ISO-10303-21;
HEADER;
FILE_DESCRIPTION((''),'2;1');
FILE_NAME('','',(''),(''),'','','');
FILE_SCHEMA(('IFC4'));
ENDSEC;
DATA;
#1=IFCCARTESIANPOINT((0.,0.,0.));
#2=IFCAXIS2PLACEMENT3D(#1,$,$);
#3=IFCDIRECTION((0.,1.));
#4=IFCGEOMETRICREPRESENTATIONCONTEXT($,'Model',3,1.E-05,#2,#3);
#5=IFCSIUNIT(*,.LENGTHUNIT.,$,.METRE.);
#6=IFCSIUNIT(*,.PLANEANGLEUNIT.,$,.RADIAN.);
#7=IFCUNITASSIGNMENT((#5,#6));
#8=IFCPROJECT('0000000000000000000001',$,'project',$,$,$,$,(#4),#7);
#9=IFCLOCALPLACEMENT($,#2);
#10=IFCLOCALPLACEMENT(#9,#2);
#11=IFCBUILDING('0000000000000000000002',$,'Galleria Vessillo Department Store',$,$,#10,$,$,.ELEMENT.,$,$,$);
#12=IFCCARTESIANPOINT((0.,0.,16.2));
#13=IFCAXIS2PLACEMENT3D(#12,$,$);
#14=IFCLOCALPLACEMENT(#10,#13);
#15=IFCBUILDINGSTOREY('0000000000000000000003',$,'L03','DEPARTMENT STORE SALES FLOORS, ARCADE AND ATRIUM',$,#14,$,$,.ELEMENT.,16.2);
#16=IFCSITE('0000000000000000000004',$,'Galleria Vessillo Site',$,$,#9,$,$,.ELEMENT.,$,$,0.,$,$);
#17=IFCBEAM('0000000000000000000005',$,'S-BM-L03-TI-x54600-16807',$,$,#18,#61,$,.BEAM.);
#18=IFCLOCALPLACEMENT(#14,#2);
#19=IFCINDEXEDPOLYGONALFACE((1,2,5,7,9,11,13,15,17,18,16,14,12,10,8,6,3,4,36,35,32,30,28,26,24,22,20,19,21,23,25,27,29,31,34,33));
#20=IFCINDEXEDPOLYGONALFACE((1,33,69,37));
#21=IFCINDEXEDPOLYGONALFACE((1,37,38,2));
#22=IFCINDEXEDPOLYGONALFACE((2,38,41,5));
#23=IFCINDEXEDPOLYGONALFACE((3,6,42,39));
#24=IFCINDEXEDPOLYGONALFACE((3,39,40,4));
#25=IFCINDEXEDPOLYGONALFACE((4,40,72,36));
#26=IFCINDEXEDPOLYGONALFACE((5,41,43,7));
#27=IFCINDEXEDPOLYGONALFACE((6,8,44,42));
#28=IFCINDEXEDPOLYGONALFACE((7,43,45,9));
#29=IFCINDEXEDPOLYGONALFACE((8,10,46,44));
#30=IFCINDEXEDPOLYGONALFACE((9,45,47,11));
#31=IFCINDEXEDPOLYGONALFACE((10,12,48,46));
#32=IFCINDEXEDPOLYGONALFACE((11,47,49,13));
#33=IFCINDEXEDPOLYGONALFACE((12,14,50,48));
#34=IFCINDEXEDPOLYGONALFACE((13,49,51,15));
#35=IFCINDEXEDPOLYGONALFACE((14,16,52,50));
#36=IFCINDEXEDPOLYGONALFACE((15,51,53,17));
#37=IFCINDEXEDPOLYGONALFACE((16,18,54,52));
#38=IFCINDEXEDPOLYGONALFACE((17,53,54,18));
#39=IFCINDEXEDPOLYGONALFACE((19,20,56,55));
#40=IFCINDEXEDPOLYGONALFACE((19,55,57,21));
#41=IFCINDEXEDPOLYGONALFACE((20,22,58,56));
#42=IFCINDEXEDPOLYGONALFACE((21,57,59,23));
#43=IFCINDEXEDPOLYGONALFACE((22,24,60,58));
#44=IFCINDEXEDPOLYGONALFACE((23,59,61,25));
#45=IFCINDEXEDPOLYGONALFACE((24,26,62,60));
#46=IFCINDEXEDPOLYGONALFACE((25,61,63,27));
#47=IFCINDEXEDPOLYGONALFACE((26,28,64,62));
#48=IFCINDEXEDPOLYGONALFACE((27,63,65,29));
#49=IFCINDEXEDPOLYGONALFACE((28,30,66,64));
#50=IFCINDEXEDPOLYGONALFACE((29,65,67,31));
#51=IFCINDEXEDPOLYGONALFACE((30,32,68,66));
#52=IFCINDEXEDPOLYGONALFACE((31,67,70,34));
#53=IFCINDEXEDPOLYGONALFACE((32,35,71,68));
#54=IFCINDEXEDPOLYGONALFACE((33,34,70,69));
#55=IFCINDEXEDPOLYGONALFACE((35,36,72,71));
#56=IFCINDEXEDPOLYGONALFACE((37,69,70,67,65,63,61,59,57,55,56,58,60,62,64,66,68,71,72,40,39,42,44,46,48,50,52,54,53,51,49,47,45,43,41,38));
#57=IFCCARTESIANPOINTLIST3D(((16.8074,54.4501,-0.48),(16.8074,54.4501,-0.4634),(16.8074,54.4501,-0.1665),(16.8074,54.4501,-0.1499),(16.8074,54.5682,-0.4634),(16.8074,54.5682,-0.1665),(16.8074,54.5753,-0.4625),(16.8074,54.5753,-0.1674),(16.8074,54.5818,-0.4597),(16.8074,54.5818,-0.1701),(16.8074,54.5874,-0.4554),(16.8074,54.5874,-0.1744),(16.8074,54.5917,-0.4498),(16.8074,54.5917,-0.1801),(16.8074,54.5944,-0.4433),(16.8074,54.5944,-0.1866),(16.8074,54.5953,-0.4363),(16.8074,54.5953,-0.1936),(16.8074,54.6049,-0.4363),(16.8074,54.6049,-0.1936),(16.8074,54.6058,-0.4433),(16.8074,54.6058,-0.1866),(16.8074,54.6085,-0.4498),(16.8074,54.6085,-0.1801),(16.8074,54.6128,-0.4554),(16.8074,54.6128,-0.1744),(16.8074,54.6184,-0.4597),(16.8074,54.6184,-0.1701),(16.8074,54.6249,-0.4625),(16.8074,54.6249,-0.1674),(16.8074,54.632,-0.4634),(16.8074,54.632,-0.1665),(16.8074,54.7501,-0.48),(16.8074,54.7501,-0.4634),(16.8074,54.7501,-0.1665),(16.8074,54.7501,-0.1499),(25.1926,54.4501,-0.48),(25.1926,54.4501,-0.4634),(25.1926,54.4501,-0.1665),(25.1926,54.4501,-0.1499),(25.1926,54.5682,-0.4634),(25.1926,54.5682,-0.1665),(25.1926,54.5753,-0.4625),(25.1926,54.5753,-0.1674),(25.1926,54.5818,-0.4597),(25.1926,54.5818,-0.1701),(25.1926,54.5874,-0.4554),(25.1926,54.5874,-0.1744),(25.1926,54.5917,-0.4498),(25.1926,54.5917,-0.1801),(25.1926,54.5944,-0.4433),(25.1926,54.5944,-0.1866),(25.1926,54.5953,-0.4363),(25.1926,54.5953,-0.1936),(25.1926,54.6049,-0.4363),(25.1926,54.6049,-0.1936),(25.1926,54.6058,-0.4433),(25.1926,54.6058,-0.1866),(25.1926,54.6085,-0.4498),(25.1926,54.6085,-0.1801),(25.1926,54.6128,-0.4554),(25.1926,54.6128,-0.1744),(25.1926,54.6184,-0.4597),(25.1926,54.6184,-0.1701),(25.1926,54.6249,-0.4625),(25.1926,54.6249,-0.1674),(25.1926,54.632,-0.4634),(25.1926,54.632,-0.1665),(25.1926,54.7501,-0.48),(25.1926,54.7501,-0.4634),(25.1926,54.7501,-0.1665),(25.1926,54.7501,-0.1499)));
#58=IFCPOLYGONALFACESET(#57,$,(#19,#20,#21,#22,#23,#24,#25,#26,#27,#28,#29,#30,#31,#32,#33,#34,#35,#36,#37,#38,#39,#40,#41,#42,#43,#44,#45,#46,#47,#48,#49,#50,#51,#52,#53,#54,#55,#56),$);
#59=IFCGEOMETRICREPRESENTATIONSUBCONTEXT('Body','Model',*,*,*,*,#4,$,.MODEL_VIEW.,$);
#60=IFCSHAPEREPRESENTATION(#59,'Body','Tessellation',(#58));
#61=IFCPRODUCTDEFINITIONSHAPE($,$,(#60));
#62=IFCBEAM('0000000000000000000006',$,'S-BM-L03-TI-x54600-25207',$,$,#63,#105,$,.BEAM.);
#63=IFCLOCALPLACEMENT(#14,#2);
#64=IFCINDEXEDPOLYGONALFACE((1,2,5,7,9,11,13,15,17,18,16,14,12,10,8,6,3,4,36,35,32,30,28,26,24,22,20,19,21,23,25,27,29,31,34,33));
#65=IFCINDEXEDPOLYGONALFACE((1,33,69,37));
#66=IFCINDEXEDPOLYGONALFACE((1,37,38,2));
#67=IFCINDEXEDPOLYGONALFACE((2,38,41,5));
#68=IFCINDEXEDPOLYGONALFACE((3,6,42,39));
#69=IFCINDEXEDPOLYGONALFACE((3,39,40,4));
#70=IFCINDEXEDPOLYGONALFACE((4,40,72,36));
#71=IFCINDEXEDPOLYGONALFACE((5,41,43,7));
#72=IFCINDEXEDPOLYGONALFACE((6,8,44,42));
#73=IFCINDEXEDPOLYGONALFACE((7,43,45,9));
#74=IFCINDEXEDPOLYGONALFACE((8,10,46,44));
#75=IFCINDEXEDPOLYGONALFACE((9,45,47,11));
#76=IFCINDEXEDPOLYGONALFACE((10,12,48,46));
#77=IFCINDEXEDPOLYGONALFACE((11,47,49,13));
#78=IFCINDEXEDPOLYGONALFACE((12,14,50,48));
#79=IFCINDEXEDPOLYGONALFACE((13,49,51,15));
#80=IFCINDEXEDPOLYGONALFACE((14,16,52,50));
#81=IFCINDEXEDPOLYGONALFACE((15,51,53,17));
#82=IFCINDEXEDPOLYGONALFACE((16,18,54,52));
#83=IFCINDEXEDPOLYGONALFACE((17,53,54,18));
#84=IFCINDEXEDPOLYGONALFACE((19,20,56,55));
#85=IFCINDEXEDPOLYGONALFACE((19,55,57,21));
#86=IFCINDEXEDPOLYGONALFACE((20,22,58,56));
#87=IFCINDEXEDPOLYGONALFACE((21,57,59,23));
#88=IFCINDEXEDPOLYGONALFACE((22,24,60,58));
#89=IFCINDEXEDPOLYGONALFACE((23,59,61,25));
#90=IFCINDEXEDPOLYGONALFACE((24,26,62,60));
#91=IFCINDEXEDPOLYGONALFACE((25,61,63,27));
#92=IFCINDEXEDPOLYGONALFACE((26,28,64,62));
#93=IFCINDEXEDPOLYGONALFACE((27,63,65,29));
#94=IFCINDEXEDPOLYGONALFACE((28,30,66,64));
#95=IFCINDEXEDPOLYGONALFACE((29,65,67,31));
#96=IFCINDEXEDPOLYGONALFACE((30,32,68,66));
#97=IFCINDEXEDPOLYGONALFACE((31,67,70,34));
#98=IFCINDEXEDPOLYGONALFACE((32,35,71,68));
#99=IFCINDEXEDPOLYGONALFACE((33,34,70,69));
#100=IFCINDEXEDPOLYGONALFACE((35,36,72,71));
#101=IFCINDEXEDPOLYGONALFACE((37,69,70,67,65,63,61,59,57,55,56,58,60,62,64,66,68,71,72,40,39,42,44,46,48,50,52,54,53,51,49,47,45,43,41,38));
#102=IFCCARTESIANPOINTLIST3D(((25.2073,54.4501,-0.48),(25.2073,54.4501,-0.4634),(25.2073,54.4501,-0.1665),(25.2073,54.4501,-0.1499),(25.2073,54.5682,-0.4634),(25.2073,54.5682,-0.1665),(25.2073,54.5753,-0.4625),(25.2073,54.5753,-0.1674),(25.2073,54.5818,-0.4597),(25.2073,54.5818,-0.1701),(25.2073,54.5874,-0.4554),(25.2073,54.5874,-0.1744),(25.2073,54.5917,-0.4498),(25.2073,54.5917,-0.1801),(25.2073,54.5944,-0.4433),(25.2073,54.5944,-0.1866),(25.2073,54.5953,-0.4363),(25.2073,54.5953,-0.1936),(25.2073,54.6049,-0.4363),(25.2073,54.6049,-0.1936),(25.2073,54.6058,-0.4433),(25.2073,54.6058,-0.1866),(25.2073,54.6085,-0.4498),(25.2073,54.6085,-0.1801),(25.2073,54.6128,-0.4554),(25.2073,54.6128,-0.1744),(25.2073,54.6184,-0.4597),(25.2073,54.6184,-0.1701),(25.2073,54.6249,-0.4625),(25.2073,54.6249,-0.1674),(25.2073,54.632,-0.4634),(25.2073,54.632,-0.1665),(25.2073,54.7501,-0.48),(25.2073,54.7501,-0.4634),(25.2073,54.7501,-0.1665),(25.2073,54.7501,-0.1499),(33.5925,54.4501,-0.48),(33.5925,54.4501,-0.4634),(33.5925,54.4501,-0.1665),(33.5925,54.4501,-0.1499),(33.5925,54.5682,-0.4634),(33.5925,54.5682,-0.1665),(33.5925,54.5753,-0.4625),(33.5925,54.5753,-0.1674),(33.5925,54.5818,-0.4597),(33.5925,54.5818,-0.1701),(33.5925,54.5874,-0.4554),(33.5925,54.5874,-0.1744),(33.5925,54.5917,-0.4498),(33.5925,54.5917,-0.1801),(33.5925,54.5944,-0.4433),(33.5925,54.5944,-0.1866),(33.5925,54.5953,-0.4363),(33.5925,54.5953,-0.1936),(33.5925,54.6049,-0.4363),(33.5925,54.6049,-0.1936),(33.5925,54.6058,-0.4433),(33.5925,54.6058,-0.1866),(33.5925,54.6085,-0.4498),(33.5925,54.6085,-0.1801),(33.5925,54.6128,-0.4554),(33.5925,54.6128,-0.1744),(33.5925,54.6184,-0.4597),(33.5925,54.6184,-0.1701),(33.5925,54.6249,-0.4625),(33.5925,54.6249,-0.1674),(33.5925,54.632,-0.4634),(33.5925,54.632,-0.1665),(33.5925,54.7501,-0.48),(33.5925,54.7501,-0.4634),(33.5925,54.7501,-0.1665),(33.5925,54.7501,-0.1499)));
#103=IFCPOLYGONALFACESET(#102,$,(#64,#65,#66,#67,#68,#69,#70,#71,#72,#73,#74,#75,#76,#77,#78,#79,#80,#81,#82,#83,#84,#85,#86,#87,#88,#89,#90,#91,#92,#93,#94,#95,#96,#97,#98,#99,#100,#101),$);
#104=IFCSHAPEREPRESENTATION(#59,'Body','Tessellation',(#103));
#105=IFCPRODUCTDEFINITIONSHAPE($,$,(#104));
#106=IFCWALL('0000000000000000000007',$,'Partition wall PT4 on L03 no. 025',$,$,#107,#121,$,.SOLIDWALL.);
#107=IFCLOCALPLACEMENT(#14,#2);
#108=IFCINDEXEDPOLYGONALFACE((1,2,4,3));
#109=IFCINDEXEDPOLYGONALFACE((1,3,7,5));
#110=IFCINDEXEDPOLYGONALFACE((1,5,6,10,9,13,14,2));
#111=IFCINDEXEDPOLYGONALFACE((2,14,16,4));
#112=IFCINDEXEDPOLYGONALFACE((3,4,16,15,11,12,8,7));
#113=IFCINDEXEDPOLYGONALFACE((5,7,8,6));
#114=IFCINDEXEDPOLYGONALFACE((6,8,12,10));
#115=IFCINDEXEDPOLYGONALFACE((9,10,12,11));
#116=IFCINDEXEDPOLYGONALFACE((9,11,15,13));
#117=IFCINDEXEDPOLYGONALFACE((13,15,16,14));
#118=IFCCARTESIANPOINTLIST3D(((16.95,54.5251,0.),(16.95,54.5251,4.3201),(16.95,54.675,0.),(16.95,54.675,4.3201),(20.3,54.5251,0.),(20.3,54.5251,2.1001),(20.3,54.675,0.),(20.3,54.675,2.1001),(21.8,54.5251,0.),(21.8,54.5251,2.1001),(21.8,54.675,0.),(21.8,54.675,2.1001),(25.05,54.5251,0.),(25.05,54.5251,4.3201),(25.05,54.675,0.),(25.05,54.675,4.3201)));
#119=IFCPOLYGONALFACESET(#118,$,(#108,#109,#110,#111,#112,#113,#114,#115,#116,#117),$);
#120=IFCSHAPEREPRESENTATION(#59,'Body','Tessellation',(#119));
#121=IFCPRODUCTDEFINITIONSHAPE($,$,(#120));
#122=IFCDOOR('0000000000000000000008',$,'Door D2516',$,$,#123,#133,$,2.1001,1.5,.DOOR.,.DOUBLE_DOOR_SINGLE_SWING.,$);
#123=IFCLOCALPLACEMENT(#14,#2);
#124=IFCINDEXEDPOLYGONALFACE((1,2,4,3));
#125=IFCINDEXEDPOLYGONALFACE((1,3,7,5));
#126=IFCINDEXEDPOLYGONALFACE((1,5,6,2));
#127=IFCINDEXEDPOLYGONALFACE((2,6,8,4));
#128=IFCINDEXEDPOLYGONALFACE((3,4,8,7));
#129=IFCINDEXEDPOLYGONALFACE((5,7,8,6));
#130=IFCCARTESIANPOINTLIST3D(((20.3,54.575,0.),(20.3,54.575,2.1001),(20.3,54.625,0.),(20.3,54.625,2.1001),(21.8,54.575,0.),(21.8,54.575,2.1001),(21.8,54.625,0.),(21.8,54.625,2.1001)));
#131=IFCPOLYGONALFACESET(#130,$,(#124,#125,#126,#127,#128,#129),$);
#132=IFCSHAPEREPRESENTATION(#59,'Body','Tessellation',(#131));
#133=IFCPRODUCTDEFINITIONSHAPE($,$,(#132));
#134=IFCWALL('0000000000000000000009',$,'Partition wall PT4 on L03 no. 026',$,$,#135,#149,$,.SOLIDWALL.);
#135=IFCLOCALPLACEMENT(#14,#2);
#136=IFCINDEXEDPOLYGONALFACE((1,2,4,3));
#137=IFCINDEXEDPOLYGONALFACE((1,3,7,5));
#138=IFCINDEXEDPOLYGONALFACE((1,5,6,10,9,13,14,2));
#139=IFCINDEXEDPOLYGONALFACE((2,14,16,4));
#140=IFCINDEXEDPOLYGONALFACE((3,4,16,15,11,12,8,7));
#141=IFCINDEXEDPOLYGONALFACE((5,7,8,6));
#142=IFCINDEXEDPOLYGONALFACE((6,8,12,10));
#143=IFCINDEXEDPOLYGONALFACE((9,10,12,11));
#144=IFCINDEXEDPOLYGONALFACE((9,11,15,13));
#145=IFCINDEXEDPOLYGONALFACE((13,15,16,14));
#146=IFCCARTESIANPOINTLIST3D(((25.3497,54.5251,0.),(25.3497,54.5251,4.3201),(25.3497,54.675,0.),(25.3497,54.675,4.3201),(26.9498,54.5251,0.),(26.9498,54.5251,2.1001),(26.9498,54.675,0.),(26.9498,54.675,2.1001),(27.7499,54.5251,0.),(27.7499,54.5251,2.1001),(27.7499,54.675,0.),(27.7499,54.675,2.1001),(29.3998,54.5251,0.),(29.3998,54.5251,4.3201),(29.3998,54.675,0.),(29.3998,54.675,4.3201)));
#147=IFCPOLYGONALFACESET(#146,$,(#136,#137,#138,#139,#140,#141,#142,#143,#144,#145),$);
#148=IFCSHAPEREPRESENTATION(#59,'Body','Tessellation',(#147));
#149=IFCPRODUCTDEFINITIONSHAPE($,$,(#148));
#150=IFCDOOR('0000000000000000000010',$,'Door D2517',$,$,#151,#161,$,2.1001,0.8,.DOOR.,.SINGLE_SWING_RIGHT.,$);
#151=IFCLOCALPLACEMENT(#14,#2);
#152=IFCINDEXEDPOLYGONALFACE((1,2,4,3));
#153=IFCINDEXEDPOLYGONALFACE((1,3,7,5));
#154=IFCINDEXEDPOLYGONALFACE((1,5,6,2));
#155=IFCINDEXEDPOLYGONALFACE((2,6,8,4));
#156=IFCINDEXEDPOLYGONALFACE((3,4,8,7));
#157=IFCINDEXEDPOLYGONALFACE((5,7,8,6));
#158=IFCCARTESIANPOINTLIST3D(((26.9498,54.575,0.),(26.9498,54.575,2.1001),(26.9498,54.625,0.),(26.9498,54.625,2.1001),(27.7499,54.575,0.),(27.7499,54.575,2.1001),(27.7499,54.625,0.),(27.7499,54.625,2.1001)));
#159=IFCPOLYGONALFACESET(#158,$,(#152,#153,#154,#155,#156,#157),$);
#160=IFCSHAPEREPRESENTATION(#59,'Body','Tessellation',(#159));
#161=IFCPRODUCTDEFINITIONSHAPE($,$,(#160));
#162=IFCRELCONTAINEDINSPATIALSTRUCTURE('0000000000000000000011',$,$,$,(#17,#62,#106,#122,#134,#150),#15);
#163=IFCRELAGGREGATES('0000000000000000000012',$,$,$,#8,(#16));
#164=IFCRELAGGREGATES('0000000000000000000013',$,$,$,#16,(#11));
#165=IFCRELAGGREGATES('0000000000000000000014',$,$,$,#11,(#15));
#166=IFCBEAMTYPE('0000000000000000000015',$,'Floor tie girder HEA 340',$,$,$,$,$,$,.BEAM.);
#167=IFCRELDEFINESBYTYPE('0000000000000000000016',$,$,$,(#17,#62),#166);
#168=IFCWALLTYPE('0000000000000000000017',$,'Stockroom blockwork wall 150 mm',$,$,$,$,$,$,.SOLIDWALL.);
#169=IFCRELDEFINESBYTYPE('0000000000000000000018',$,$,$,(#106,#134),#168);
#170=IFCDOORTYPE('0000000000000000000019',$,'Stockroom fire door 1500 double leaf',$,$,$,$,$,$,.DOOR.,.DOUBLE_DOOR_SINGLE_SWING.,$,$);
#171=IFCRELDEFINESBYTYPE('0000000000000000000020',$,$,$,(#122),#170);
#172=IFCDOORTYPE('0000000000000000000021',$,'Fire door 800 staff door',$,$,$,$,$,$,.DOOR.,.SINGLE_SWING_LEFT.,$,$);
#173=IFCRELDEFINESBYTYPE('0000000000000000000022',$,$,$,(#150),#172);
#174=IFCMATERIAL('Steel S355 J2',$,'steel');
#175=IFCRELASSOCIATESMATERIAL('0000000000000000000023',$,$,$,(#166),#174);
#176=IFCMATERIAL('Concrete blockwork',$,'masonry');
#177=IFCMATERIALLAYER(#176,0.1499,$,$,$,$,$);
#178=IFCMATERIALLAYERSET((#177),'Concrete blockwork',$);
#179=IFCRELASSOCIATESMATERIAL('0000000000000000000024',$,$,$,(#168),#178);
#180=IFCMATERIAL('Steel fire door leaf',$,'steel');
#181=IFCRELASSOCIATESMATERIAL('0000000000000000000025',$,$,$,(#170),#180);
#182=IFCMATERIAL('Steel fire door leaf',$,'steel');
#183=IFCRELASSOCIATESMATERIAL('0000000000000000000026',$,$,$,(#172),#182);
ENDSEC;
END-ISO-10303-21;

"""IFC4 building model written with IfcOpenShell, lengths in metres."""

from ifc_helpers import new_model, si_unit, direction, frame, frame_2d, origin, origin_2d, place, context, subcontext, project, spatial, rectangle, i_section, extrude, material, layer, layer_set, material_profile, profile_set, type_object, element, fill, save


model = new_model("IFC4")

# Units and contexts
model_context = context("Model", 3, precision=1e-05, world=origin(), true_north=direction((0.0, 1.0)))
body_context = subcontext(model_context, "Body", "Model", "MODEL_VIEW")
ifc_project = project(units=[si_unit("LENGTHUNIT", "METRE"), si_unit("PLANEANGLEUNIT", "RADIAN")], contexts=[model_context])

# Site, building, storey
site_placement = place(None, origin())
site = spatial("IfcSite", under=ifc_project, at=site_placement, Name="Galleria Vessillo Site", CompositionType="ELEMENT", RefElevation=0.0)
building_placement = place(site_placement, origin())
building = spatial("IfcBuilding", under=site, at=building_placement, Name="Galleria Vessillo Department Store", CompositionType="ELEMENT")
storey_placement = place(building_placement, frame((0.0, 0.0, 16.2)))
storey = spatial("IfcBuildingStorey", under=building, at=storey_placement, Name="L03", Description="DEPARTMENT STORE SALES FLOORS, ARCADE AND ATRIUM", CompositionType="ELEMENT", Elevation=16.2)

# Beams
ifc_material_1 = material(Name="Steel S355 J2", Category="steel")
ifc_material_profile_1 = material_profile(ifc_material_1, i_section(OverallWidth=0.3, OverallDepth=0.3301, WebThickness=0.0095, FlangeThickness=0.0166, FilletRadius=0.0271, at=origin_2d()), Name="HEA 340")
ifc_profile_set_1 = profile_set([ifc_material_profile_1], Name="Steel S355 J2")
beam_type_1 = type_object("IfcBeamType", Name="Floor tie girder HEA 340", PredefinedType="BEAM", material=ifc_profile_set_1)
for number, where, z_axis, x_axis, name in (
    (1, (16.8074, 54.6001, -0.3149), (1.0, 0.0, 0.0), (0.0, 1.0, 0.0), "S-BM-L03-TI-x54600-16807"),
    (2, (25.2073, 54.6001, -0.3149), (1.0, 0.0, 0.0), (0.0, 1.0, 0.0), "S-BM-L03-TI-x54600-25207"),
):
    element("IfcBeam", number, at=place(storey_placement, frame(where, z_axis=z_axis, x_axis=x_axis)), inside=storey, type_object=beam_type_1, Name=name, PredefinedType="BEAM", context=body_context, shape_type="SweptSolid", body=[
        extrude(i_section(OverallWidth=0.3, OverallDepth=0.3301, WebThickness=0.0095, FlangeThickness=0.0166, FilletRadius=0.0271, at=origin_2d()), origin(), (0.0, 0.0, 1.0), 8.3853),
    ])

# Walls, openings, doors
ifc_material_2 = material(Name="Concrete blockwork", Category="masonry")
ifc_layer = layer(ifc_material_2, 0.1499)
ifc_layer_set = layer_set([ifc_layer], Name="Concrete blockwork")
wall_type = type_object("IfcWallType", Name="Stockroom blockwork wall 150 mm", PredefinedType="SOLIDWALL", material=ifc_layer_set)
wall_1_placement = place(storey_placement, frame((16.95, 54.6001, 0.0), z_axis=(0.0, 0.0, 1.0), x_axis=(1.0, 0.0, 0.0)))
wall_1 = element("IfcWall", 3, at=wall_1_placement, inside=storey, type_object=wall_type, Name="Partition wall PT4 on L03 no. 025", PredefinedType="SOLIDWALL", context=body_context, shape_type="SweptSolid", body=[
    extrude(rectangle(XDim=8.1001, YDim=0.1499, at=frame_2d((4.05, 0.0))), origin(), (0.0, 0.0, 1.0), 4.3201),
])
opening_1_placement = place(wall_1_placement, frame((3.3501, 0.0, 0.0)))
opening_1 = element("IfcOpeningElement", 4, at=opening_1_placement, cuts=wall_1, PredefinedType="OPENING", context=body_context, shape_type="SweptSolid", body=[
    extrude(rectangle(XDim=1.5, YDim=2.1001, at=frame_2d((0.75, 1.05))), frame((0.0, 0.085, 0.0), z_axis=(0.0, -1.0, 0.0), x_axis=(1.0, 0.0, 0.0)), (0.0, 0.0, 1.0), 0.1699),
])
ifc_material_3 = material(Name="Steel fire door leaf", Category="steel")
door_type_1 = type_object("IfcDoorType", Name="Stockroom fire door 1500 double leaf", OperationType="DOUBLE_DOOR_SINGLE_SWING", PredefinedType="DOOR", material=ifc_material_3)
door_1_placement = place(opening_1_placement, origin())
door_1 = element("IfcDoor", 5, at=door_1_placement, inside=storey, type_object=door_type_1, Name="Door D2516", OperationType="DOUBLE_DOOR_SINGLE_SWING", OverallHeight=2.1001, OverallWidth=1.5, PredefinedType="DOOR", context=body_context, shape_type="SweptSolid", body=[
    extrude(rectangle(XDim=1.5, YDim=2.1001, at=frame_2d((0.75, 1.05))), frame((0.0, 0.0249, 0.0), z_axis=(0.0, -1.0, 0.0), x_axis=(1.0, 0.0, 0.0)), (0.0, 0.0, 1.0), 0.05),
])
fill(opening_1, door_1)
wall_2_placement = place(storey_placement, frame((25.3499, 54.6001, 0.0), z_axis=(0.0, 0.0, 1.0), x_axis=(1.0, 0.0, 0.0)))
wall_2 = element("IfcWall", 6, at=wall_2_placement, inside=storey, type_object=wall_type, Name="Partition wall PT4 on L03 no. 026", PredefinedType="SOLIDWALL", context=body_context, shape_type="SweptSolid", body=[
    extrude(rectangle(XDim=4.05, YDim=0.1499, at=frame_2d((2.0249, 0.0))), origin(), (0.0, 0.0, 1.0), 4.3201),
])
opening_2_placement = place(wall_2_placement, frame((1.6001, 0.0, 0.0)))
opening_2 = element("IfcOpeningElement", 7, at=opening_2_placement, cuts=wall_2, PredefinedType="OPENING", context=body_context, shape_type="SweptSolid", body=[
    extrude(rectangle(XDim=0.8, YDim=2.1001, at=frame_2d((0.3999, 1.05))), frame((0.0, 0.085, 0.0), z_axis=(0.0, -1.0, 0.0), x_axis=(1.0, 0.0, 0.0)), (0.0, 0.0, 1.0), 0.1699),
])
ifc_material_4 = material(Name="Steel fire door leaf", Category="steel")
door_type_2 = type_object("IfcDoorType", Name="Fire door 800 staff door", OperationType="SINGLE_SWING_LEFT", PredefinedType="DOOR", material=ifc_material_4)
door_2_placement = place(opening_2_placement, origin())
door_2 = element("IfcDoor", 8, at=door_2_placement, inside=storey, type_object=door_type_2, Name="Door D2517", OperationType="SINGLE_SWING_RIGHT", OverallHeight=2.1001, OverallWidth=0.8, PredefinedType="DOOR", context=body_context, shape_type="SweptSolid", body=[
    extrude(rectangle(XDim=0.8, YDim=2.1001, at=frame_2d((0.3999, 1.05))), frame((0.0, 0.0249, 0.0), z_axis=(0.0, -1.0, 0.0), x_axis=(1.0, 0.0, 0.0)), (0.0, 0.0, 1.0), 0.05),
])
fill(opening_2, door_2)

save(model, "model.ifc")
